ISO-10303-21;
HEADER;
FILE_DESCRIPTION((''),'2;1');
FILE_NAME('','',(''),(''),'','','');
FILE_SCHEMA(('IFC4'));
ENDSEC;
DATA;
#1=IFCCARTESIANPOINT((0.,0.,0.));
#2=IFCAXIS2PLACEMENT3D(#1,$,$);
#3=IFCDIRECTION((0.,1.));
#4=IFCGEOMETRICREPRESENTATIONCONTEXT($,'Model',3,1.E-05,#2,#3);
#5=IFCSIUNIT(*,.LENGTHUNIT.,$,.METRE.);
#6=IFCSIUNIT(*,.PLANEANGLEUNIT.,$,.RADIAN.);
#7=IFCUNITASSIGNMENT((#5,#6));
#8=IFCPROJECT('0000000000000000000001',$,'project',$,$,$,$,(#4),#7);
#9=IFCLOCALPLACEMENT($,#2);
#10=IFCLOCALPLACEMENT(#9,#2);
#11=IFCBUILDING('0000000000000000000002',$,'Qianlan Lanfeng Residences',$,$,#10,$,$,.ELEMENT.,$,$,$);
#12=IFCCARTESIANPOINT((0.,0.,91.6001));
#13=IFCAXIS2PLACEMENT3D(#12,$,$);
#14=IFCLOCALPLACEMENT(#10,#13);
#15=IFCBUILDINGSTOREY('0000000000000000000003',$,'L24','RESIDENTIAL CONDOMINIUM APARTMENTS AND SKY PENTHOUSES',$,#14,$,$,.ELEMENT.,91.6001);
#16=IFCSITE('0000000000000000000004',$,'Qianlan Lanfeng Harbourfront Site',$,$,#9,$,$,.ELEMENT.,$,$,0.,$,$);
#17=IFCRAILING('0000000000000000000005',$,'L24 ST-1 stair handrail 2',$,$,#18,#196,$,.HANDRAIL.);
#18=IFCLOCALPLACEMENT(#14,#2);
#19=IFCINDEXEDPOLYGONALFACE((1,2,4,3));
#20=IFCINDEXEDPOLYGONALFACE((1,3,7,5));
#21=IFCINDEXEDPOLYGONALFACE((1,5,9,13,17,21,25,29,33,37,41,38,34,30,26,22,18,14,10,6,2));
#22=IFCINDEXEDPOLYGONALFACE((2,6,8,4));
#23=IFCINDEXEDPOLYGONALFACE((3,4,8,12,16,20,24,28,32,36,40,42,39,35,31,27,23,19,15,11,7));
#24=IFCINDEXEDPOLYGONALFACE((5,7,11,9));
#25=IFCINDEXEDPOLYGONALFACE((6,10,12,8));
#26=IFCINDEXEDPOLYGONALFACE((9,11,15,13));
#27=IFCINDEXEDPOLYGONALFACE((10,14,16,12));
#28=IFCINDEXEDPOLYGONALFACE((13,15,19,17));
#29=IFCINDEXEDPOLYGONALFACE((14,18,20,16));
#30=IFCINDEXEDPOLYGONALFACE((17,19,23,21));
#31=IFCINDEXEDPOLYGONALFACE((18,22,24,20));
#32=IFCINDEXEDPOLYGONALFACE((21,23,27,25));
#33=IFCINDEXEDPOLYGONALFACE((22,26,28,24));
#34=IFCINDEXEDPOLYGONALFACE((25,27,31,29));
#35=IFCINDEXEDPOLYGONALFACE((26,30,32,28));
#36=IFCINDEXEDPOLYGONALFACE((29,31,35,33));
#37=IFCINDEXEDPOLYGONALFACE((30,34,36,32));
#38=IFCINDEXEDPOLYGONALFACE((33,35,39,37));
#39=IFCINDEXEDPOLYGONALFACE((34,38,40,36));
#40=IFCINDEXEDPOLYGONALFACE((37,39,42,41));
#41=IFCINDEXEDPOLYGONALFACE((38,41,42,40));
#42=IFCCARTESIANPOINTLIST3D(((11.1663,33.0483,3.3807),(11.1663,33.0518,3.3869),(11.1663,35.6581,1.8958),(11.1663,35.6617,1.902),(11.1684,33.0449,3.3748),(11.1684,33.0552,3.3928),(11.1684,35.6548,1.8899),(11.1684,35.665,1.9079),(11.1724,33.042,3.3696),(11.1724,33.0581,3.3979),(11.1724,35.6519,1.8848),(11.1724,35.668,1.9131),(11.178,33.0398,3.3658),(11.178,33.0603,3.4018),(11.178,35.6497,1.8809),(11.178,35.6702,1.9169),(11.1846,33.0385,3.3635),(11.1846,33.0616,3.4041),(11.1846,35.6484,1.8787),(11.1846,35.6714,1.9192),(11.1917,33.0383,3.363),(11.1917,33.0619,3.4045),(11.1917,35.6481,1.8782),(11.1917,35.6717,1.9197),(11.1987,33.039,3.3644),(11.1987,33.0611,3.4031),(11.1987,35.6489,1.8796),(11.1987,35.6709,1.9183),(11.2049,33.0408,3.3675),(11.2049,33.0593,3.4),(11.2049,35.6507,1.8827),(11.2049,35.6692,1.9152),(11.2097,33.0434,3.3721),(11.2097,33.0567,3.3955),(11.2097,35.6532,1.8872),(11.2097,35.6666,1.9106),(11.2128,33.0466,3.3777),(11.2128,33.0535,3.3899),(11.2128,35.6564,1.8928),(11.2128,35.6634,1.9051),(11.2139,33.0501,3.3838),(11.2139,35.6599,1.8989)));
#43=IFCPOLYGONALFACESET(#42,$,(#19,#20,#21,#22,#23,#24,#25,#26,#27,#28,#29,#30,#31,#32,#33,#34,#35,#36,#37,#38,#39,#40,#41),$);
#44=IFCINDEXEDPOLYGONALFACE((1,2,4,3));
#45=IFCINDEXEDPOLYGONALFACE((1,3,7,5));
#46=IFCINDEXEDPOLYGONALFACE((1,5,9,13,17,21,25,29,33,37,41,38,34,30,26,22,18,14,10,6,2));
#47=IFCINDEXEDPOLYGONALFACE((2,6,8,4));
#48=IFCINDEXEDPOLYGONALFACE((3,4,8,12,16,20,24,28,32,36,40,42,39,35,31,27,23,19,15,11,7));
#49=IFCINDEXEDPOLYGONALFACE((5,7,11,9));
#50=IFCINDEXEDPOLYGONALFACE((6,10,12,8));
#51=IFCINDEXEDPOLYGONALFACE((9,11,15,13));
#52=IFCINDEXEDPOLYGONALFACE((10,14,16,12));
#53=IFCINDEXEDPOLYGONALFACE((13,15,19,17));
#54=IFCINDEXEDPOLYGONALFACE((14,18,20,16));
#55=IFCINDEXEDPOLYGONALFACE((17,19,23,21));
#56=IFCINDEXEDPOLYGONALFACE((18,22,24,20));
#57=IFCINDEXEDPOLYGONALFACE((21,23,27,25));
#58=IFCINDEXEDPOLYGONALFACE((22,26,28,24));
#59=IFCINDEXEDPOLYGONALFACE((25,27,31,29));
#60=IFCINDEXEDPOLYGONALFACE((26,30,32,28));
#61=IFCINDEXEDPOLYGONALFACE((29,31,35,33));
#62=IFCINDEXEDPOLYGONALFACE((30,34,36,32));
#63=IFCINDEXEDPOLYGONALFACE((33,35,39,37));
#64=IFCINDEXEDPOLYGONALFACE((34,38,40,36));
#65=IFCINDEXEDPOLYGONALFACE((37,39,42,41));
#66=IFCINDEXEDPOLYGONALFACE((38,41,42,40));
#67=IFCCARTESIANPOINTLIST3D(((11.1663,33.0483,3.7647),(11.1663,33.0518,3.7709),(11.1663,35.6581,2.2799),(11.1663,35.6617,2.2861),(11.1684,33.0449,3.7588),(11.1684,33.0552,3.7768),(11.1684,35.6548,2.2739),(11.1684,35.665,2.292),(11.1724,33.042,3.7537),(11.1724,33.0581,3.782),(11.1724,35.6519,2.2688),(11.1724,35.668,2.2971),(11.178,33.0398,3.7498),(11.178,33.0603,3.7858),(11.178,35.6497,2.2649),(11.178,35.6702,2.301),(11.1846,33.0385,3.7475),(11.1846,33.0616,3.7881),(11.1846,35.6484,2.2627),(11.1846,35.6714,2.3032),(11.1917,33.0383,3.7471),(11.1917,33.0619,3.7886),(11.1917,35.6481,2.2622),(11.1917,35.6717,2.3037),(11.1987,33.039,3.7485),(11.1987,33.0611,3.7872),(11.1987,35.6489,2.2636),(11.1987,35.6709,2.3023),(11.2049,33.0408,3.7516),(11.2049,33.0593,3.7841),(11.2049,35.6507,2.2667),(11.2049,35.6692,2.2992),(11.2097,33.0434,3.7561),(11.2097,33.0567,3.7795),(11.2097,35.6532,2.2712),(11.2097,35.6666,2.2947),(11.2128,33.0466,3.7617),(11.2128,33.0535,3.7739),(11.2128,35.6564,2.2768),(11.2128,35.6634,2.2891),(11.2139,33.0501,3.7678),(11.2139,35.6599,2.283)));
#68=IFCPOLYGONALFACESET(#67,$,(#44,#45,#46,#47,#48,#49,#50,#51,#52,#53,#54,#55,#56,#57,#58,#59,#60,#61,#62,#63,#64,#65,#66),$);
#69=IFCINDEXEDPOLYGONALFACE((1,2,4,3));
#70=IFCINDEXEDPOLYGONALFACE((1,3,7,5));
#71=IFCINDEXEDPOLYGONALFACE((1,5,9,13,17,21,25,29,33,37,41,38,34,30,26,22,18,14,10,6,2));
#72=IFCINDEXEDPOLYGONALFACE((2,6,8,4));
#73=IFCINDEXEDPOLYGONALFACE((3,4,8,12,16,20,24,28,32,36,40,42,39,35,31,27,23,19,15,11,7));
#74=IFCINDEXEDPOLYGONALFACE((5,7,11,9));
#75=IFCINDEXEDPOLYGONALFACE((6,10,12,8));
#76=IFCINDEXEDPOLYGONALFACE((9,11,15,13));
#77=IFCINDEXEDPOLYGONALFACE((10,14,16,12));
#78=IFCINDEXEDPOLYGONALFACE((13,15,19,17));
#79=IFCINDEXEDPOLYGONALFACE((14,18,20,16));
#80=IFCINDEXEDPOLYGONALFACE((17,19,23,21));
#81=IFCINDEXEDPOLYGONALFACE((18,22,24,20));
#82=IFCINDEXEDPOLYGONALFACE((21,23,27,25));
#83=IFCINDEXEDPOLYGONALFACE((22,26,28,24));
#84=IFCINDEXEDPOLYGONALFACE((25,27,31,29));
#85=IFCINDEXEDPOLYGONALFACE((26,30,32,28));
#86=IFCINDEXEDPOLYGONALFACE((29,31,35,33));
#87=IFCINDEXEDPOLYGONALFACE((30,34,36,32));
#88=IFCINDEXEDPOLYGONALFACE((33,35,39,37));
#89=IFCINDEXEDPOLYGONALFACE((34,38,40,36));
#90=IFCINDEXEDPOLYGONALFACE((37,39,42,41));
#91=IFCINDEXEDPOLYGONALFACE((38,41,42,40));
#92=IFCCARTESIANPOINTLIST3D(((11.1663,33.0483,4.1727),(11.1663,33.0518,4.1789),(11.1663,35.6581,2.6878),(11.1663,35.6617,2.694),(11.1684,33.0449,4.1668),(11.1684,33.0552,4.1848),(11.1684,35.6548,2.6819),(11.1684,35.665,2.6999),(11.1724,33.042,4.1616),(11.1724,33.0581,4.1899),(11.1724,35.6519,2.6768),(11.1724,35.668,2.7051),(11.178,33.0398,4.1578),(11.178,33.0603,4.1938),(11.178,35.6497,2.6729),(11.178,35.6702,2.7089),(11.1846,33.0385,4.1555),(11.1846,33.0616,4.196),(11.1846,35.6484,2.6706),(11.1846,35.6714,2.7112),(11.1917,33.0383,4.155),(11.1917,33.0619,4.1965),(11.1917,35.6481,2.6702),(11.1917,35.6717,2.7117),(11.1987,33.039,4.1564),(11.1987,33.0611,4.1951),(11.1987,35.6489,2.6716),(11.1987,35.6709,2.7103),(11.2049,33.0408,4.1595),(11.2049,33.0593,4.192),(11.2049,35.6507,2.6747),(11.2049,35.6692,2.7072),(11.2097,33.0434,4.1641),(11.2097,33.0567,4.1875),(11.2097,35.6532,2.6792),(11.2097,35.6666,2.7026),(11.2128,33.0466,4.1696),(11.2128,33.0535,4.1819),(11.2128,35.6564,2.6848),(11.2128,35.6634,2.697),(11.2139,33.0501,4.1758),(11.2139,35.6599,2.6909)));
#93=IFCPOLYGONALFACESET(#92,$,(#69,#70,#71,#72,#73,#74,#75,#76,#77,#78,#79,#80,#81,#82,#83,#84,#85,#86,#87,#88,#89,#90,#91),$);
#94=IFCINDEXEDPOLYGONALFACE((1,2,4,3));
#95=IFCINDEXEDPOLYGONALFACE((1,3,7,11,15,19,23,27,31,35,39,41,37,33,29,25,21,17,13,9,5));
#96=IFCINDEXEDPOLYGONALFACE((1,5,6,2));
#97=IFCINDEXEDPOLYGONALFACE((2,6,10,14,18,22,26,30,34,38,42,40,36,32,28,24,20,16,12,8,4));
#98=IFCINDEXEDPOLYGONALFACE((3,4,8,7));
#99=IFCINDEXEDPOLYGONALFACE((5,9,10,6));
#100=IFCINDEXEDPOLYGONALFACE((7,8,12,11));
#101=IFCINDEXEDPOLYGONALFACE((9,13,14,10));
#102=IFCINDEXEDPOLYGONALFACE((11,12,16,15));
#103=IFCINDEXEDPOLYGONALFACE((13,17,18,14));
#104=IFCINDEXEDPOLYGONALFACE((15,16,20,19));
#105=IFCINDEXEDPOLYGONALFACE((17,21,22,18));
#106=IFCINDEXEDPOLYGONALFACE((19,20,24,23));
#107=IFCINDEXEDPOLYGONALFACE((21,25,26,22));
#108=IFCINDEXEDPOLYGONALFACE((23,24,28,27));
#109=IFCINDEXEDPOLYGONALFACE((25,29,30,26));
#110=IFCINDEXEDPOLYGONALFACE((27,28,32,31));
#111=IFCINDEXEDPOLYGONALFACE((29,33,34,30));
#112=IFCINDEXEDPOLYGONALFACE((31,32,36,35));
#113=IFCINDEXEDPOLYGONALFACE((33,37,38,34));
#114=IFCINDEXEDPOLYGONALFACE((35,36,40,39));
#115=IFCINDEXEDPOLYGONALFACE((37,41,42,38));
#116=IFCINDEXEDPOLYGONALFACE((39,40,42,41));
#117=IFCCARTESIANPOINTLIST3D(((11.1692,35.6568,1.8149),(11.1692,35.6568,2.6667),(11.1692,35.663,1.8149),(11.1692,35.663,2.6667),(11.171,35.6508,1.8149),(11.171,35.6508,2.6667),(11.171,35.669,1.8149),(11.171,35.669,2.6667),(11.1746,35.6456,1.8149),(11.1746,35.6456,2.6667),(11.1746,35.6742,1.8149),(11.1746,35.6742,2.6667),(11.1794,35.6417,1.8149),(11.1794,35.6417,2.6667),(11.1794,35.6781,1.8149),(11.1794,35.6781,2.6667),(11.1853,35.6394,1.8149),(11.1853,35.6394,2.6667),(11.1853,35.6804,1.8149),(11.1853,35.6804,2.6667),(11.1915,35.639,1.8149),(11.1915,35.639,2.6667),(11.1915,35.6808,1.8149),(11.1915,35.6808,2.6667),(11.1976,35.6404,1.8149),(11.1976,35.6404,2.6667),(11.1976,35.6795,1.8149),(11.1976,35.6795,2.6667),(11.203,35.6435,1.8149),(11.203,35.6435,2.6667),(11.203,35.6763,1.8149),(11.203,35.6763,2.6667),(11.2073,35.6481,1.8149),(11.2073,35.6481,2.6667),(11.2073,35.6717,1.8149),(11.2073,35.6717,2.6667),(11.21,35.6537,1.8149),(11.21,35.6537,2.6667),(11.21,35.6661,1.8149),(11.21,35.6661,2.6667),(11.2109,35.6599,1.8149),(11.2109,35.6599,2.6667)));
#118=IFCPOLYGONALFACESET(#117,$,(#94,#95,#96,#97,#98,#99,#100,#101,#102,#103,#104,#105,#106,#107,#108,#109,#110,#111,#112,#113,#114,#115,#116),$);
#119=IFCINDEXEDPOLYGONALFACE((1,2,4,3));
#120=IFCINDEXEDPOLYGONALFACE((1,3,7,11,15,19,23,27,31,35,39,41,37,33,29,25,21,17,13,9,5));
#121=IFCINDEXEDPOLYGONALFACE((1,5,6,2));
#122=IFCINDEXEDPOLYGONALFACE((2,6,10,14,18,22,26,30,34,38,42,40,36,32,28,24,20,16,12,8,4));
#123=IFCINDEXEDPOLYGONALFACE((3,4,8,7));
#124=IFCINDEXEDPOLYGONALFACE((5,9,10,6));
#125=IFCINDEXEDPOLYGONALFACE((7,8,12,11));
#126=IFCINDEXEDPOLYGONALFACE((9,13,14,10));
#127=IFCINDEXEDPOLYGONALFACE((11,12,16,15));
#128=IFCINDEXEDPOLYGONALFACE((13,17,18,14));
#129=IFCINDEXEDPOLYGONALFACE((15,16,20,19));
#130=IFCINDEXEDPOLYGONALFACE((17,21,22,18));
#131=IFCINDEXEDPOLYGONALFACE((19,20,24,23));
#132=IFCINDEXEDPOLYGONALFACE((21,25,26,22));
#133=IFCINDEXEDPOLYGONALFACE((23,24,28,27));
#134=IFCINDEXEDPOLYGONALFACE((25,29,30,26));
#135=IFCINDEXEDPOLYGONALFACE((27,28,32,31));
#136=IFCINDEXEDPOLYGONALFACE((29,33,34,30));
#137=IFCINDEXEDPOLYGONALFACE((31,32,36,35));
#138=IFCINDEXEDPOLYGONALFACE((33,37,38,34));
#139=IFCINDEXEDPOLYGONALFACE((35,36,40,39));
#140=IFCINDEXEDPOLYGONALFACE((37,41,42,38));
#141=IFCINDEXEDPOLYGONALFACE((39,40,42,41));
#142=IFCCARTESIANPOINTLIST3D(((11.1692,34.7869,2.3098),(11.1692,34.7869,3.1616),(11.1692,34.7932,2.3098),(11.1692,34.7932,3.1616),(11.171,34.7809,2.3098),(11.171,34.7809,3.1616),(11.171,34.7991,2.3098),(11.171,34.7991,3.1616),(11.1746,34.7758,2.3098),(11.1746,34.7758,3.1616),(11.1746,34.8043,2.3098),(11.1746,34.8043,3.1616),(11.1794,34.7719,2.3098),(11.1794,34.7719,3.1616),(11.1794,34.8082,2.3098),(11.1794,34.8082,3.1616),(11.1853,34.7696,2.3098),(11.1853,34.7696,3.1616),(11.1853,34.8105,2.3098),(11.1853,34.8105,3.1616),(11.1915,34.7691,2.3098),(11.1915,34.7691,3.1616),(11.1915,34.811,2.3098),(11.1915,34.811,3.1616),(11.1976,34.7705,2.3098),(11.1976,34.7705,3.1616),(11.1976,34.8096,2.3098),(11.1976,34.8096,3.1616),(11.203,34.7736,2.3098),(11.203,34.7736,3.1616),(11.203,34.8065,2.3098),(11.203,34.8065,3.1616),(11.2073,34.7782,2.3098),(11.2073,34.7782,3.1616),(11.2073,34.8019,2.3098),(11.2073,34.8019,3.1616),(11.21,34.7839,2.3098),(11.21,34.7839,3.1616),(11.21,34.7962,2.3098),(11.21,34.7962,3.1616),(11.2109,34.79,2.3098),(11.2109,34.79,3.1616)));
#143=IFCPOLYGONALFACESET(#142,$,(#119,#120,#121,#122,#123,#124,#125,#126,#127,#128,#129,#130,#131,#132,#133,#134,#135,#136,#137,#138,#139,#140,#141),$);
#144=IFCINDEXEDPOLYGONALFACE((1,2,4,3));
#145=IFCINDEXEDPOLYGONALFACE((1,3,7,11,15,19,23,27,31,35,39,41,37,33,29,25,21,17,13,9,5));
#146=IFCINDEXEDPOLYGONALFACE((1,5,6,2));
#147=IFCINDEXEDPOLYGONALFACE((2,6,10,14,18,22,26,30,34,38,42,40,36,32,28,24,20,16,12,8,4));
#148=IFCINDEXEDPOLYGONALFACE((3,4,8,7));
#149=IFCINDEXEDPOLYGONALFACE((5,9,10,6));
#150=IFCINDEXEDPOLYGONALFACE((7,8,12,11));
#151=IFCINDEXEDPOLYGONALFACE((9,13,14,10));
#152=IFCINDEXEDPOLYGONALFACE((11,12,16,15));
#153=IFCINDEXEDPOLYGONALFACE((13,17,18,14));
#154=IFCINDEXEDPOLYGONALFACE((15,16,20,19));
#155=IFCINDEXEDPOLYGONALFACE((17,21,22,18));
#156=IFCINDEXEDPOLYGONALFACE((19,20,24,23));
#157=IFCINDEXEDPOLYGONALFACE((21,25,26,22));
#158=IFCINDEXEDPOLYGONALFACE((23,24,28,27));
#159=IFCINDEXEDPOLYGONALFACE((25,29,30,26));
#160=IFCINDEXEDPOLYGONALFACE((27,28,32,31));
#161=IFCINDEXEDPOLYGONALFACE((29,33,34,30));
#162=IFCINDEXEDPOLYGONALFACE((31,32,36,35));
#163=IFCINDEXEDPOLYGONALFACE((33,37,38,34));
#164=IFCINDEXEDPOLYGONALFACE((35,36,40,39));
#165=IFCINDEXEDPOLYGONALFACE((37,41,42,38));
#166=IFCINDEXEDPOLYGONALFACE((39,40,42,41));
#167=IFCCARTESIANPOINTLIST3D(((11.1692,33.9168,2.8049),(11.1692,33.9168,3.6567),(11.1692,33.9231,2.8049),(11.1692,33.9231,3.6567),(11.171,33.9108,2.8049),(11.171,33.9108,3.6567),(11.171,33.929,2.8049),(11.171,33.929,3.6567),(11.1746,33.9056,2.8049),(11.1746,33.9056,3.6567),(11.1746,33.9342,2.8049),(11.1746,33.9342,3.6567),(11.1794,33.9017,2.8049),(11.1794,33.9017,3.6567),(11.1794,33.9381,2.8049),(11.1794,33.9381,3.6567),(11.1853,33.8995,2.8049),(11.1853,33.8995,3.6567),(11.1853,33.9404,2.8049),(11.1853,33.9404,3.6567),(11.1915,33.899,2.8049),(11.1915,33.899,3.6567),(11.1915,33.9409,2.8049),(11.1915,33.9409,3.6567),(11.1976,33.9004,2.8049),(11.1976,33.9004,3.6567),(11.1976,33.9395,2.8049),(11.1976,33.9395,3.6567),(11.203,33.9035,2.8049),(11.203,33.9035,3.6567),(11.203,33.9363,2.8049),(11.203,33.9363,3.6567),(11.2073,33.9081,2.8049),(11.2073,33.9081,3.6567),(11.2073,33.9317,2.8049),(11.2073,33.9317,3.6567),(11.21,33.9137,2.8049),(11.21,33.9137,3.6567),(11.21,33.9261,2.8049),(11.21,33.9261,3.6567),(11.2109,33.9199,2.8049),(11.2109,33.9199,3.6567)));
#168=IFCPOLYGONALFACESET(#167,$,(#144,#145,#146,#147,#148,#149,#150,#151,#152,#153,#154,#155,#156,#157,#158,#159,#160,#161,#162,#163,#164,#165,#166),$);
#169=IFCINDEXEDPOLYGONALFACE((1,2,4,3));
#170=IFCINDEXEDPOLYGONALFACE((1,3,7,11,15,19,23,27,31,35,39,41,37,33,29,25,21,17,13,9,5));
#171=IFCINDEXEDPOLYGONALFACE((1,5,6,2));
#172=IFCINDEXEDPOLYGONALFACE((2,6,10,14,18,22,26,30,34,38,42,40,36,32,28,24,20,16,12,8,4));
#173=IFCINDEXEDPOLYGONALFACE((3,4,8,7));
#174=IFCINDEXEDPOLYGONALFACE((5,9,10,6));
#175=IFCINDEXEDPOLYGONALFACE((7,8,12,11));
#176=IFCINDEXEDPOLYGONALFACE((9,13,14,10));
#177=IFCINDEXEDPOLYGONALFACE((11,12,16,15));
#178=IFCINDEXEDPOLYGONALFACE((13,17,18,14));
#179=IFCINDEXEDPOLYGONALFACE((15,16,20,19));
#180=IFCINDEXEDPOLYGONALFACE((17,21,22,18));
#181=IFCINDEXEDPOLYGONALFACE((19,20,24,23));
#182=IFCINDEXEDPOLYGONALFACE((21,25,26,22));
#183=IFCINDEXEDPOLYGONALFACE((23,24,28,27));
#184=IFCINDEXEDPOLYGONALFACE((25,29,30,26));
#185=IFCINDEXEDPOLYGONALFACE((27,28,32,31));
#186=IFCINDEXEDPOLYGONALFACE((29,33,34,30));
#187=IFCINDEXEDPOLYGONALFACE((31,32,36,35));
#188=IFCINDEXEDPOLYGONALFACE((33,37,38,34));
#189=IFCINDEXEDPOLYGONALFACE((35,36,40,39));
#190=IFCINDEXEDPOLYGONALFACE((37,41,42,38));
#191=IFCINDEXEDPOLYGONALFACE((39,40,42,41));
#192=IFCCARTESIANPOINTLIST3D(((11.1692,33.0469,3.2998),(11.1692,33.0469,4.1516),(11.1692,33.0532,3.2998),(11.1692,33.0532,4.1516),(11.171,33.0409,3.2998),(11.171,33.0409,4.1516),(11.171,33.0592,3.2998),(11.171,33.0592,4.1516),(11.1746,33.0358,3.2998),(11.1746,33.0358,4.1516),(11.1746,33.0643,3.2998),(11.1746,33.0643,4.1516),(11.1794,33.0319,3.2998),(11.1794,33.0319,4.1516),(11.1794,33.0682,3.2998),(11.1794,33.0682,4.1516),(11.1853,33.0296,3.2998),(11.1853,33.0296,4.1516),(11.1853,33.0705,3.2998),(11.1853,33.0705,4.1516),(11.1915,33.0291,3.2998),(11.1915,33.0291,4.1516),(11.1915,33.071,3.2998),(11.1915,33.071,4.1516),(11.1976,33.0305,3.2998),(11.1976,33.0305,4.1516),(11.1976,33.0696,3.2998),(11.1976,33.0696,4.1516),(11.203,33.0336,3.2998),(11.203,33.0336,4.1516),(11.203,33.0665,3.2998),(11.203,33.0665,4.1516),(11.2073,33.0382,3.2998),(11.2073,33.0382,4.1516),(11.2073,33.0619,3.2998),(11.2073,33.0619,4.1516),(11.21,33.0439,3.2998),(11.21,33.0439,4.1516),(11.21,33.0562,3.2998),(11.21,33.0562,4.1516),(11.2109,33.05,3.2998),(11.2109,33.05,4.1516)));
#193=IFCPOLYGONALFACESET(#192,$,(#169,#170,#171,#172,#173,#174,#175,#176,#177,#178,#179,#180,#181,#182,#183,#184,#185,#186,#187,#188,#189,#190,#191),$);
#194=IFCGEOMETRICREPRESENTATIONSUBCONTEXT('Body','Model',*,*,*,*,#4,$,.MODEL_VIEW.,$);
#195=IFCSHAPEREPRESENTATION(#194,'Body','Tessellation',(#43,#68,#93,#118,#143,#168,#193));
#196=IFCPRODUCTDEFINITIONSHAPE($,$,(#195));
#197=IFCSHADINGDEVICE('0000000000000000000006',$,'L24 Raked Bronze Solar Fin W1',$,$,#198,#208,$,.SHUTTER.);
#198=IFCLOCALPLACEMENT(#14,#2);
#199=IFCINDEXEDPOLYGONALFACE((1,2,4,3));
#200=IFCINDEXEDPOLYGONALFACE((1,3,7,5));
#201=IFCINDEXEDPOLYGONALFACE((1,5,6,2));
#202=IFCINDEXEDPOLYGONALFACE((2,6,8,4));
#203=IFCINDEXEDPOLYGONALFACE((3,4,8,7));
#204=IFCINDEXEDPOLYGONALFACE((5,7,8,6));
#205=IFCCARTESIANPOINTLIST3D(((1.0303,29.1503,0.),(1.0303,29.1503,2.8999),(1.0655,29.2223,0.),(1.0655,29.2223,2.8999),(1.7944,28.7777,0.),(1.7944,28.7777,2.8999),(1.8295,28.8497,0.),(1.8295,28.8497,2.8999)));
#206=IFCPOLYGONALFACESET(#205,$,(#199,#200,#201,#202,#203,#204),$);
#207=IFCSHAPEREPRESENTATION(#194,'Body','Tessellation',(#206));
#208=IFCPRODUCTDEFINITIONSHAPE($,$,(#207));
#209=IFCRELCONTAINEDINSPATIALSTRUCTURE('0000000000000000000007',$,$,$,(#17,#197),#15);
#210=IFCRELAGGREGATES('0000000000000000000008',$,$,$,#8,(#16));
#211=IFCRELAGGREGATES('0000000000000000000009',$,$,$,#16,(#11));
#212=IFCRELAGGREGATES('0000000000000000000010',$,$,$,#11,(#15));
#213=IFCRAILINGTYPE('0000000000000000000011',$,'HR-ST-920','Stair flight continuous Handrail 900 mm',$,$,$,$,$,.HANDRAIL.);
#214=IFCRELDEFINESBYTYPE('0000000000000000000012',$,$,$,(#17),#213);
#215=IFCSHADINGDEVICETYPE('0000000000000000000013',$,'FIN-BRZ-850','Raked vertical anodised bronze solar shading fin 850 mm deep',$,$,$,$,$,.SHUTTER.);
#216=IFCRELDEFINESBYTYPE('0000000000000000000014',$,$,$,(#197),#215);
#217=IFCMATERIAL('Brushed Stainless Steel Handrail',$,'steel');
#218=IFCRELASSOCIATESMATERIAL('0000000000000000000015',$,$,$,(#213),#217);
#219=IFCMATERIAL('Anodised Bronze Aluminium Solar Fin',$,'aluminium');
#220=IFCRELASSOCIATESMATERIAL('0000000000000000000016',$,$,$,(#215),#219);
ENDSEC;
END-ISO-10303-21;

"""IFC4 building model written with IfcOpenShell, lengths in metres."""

from ifc_helpers import new_model, si_unit, direction, frame, origin, origin_2d, place, context, subcontext, project, spatial, rectangle, circle, extrude, source, transform, mapped, material, type_object, element, save


model = new_model("IFC4")

# Units and contexts
model_context = context("Model", 3, precision=1e-05, world=origin(), true_north=direction((0.0, 1.0)))
body_context = subcontext(model_context, "Body", "Model", "MODEL_VIEW")
ifc_project = project(units=[si_unit("LENGTHUNIT", "METRE"), si_unit("PLANEANGLEUNIT", "RADIAN")], contexts=[model_context])

# Site, building, storey
site_placement = place(None, origin())
site = spatial("IfcSite", under=ifc_project, at=site_placement, Name="Qianlan Lanfeng Harbourfront Site", CompositionType="ELEMENT", RefElevation=0.0)
building_placement = place(site_placement, origin())
building = spatial("IfcBuilding", under=site, at=building_placement, Name="Qianlan Lanfeng Residences", CompositionType="ELEMENT")
storey_placement = place(building_placement, frame((0.0, 0.0, 91.6001)))
storey = spatial("IfcBuildingStorey", under=building, at=storey_placement, Name="L24", Description="RESIDENTIAL CONDOMINIUM APARTMENTS AND SKY PENTHOUSES", CompositionType="ELEMENT", Elevation=91.6001)

# Railing
ifc_material_1 = material(Name="Brushed Stainless Steel Handrail", Category="steel")
railing_type = type_object("IfcRailingType", Name="HR-ST-920", Description="Stair flight continuous Handrail 900 mm", PredefinedType="HANDRAIL", material=ifc_material_1)
railing_placement = place(storey_placement, frame((11.1899, 35.6599, 1.8149)))
element("IfcRailing", 1, at=railing_placement, inside=storey, type_object=railing_type, Name="L24 ST-1 stair handrail 2", PredefinedType="HANDRAIL", context=body_context, shape_type="SweptSolid", body=[
    extrude(circle(Radius=0.0239, at=origin_2d()), frame((0.0, 0.0, 0.084), z_axis=(0.0, -0.869172, 0.494509), x_axis=(1.0, 0.0, 0.0)), (0.0, 0.0, 1.0), 3.0027),
    extrude(circle(Radius=0.0239, at=origin_2d()), frame((0.0, 0.0, 0.468), z_axis=(0.0, -0.869172, 0.494509), x_axis=(1.0, 0.0, 0.0)), (0.0, 0.0, 1.0), 3.0027),
    extrude(circle(Radius=0.0239, at=origin_2d()), frame((0.0, 0.0, 0.876), z_axis=(0.0, -0.869172, 0.494509), x_axis=(1.0, 0.0, 0.0)), (0.0, 0.0, 1.0), 3.0027),
    extrude(circle(Radius=0.021, at=origin_2d()), origin(), (0.0, 0.0, 1.0), 0.8518),
    extrude(circle(Radius=0.021, at=origin_2d()), frame((0.0, -0.8699, 0.4949)), (0.0, 0.0, 1.0), 0.8518),
    extrude(circle(Radius=0.021, at=origin_2d()), frame((0.0, -1.74, 0.99)), (0.0, 0.0, 1.0), 0.8518),
    extrude(circle(Radius=0.021, at=origin_2d()), frame((0.0, -2.6099, 1.4849)), (0.0, 0.0, 1.0), 0.8518),
])

# Shading device
ifc_material_2 = material(Name="Anodised Bronze Aluminium Solar Fin", Category="aluminium")
shading_device_type = type_object("IfcShadingDeviceType", Name="FIN-BRZ-850", Description="Raked vertical anodised bronze solar shading fin 850 mm deep", PredefinedType="SHUTTER", material=ifc_material_2)
shared_shape_1 = source(origin(), body_context, "Body", "SweptSolid", [
    extrude(rectangle(XDim=0.8501, YDim=0.0801, at=origin_2d()), origin(), (0.0, 0.0, 1.0), 2.8999),
])
for number, where, z_axis, x_axis, name in (
    (2, (1.4299, 29.0, 0.0), (0.0, 0.0, 1.0), (0.898794, -0.438371, 0.0), "L24 Raked Bronze Solar Fin W1"),
):
    element("IfcShadingDevice", number, at=place(storey_placement, frame(where, z_axis=z_axis, x_axis=x_axis)), inside=storey, type_object=shading_device_type, Name=name, PredefinedType="SHUTTER", context=body_context, shape_type="MappedRepresentation", body=[
        mapped(shared_shape_1, transform((0.0, 0.0, 0.0), scale=1.0)),
    ])

save(model, "model.ifc")
